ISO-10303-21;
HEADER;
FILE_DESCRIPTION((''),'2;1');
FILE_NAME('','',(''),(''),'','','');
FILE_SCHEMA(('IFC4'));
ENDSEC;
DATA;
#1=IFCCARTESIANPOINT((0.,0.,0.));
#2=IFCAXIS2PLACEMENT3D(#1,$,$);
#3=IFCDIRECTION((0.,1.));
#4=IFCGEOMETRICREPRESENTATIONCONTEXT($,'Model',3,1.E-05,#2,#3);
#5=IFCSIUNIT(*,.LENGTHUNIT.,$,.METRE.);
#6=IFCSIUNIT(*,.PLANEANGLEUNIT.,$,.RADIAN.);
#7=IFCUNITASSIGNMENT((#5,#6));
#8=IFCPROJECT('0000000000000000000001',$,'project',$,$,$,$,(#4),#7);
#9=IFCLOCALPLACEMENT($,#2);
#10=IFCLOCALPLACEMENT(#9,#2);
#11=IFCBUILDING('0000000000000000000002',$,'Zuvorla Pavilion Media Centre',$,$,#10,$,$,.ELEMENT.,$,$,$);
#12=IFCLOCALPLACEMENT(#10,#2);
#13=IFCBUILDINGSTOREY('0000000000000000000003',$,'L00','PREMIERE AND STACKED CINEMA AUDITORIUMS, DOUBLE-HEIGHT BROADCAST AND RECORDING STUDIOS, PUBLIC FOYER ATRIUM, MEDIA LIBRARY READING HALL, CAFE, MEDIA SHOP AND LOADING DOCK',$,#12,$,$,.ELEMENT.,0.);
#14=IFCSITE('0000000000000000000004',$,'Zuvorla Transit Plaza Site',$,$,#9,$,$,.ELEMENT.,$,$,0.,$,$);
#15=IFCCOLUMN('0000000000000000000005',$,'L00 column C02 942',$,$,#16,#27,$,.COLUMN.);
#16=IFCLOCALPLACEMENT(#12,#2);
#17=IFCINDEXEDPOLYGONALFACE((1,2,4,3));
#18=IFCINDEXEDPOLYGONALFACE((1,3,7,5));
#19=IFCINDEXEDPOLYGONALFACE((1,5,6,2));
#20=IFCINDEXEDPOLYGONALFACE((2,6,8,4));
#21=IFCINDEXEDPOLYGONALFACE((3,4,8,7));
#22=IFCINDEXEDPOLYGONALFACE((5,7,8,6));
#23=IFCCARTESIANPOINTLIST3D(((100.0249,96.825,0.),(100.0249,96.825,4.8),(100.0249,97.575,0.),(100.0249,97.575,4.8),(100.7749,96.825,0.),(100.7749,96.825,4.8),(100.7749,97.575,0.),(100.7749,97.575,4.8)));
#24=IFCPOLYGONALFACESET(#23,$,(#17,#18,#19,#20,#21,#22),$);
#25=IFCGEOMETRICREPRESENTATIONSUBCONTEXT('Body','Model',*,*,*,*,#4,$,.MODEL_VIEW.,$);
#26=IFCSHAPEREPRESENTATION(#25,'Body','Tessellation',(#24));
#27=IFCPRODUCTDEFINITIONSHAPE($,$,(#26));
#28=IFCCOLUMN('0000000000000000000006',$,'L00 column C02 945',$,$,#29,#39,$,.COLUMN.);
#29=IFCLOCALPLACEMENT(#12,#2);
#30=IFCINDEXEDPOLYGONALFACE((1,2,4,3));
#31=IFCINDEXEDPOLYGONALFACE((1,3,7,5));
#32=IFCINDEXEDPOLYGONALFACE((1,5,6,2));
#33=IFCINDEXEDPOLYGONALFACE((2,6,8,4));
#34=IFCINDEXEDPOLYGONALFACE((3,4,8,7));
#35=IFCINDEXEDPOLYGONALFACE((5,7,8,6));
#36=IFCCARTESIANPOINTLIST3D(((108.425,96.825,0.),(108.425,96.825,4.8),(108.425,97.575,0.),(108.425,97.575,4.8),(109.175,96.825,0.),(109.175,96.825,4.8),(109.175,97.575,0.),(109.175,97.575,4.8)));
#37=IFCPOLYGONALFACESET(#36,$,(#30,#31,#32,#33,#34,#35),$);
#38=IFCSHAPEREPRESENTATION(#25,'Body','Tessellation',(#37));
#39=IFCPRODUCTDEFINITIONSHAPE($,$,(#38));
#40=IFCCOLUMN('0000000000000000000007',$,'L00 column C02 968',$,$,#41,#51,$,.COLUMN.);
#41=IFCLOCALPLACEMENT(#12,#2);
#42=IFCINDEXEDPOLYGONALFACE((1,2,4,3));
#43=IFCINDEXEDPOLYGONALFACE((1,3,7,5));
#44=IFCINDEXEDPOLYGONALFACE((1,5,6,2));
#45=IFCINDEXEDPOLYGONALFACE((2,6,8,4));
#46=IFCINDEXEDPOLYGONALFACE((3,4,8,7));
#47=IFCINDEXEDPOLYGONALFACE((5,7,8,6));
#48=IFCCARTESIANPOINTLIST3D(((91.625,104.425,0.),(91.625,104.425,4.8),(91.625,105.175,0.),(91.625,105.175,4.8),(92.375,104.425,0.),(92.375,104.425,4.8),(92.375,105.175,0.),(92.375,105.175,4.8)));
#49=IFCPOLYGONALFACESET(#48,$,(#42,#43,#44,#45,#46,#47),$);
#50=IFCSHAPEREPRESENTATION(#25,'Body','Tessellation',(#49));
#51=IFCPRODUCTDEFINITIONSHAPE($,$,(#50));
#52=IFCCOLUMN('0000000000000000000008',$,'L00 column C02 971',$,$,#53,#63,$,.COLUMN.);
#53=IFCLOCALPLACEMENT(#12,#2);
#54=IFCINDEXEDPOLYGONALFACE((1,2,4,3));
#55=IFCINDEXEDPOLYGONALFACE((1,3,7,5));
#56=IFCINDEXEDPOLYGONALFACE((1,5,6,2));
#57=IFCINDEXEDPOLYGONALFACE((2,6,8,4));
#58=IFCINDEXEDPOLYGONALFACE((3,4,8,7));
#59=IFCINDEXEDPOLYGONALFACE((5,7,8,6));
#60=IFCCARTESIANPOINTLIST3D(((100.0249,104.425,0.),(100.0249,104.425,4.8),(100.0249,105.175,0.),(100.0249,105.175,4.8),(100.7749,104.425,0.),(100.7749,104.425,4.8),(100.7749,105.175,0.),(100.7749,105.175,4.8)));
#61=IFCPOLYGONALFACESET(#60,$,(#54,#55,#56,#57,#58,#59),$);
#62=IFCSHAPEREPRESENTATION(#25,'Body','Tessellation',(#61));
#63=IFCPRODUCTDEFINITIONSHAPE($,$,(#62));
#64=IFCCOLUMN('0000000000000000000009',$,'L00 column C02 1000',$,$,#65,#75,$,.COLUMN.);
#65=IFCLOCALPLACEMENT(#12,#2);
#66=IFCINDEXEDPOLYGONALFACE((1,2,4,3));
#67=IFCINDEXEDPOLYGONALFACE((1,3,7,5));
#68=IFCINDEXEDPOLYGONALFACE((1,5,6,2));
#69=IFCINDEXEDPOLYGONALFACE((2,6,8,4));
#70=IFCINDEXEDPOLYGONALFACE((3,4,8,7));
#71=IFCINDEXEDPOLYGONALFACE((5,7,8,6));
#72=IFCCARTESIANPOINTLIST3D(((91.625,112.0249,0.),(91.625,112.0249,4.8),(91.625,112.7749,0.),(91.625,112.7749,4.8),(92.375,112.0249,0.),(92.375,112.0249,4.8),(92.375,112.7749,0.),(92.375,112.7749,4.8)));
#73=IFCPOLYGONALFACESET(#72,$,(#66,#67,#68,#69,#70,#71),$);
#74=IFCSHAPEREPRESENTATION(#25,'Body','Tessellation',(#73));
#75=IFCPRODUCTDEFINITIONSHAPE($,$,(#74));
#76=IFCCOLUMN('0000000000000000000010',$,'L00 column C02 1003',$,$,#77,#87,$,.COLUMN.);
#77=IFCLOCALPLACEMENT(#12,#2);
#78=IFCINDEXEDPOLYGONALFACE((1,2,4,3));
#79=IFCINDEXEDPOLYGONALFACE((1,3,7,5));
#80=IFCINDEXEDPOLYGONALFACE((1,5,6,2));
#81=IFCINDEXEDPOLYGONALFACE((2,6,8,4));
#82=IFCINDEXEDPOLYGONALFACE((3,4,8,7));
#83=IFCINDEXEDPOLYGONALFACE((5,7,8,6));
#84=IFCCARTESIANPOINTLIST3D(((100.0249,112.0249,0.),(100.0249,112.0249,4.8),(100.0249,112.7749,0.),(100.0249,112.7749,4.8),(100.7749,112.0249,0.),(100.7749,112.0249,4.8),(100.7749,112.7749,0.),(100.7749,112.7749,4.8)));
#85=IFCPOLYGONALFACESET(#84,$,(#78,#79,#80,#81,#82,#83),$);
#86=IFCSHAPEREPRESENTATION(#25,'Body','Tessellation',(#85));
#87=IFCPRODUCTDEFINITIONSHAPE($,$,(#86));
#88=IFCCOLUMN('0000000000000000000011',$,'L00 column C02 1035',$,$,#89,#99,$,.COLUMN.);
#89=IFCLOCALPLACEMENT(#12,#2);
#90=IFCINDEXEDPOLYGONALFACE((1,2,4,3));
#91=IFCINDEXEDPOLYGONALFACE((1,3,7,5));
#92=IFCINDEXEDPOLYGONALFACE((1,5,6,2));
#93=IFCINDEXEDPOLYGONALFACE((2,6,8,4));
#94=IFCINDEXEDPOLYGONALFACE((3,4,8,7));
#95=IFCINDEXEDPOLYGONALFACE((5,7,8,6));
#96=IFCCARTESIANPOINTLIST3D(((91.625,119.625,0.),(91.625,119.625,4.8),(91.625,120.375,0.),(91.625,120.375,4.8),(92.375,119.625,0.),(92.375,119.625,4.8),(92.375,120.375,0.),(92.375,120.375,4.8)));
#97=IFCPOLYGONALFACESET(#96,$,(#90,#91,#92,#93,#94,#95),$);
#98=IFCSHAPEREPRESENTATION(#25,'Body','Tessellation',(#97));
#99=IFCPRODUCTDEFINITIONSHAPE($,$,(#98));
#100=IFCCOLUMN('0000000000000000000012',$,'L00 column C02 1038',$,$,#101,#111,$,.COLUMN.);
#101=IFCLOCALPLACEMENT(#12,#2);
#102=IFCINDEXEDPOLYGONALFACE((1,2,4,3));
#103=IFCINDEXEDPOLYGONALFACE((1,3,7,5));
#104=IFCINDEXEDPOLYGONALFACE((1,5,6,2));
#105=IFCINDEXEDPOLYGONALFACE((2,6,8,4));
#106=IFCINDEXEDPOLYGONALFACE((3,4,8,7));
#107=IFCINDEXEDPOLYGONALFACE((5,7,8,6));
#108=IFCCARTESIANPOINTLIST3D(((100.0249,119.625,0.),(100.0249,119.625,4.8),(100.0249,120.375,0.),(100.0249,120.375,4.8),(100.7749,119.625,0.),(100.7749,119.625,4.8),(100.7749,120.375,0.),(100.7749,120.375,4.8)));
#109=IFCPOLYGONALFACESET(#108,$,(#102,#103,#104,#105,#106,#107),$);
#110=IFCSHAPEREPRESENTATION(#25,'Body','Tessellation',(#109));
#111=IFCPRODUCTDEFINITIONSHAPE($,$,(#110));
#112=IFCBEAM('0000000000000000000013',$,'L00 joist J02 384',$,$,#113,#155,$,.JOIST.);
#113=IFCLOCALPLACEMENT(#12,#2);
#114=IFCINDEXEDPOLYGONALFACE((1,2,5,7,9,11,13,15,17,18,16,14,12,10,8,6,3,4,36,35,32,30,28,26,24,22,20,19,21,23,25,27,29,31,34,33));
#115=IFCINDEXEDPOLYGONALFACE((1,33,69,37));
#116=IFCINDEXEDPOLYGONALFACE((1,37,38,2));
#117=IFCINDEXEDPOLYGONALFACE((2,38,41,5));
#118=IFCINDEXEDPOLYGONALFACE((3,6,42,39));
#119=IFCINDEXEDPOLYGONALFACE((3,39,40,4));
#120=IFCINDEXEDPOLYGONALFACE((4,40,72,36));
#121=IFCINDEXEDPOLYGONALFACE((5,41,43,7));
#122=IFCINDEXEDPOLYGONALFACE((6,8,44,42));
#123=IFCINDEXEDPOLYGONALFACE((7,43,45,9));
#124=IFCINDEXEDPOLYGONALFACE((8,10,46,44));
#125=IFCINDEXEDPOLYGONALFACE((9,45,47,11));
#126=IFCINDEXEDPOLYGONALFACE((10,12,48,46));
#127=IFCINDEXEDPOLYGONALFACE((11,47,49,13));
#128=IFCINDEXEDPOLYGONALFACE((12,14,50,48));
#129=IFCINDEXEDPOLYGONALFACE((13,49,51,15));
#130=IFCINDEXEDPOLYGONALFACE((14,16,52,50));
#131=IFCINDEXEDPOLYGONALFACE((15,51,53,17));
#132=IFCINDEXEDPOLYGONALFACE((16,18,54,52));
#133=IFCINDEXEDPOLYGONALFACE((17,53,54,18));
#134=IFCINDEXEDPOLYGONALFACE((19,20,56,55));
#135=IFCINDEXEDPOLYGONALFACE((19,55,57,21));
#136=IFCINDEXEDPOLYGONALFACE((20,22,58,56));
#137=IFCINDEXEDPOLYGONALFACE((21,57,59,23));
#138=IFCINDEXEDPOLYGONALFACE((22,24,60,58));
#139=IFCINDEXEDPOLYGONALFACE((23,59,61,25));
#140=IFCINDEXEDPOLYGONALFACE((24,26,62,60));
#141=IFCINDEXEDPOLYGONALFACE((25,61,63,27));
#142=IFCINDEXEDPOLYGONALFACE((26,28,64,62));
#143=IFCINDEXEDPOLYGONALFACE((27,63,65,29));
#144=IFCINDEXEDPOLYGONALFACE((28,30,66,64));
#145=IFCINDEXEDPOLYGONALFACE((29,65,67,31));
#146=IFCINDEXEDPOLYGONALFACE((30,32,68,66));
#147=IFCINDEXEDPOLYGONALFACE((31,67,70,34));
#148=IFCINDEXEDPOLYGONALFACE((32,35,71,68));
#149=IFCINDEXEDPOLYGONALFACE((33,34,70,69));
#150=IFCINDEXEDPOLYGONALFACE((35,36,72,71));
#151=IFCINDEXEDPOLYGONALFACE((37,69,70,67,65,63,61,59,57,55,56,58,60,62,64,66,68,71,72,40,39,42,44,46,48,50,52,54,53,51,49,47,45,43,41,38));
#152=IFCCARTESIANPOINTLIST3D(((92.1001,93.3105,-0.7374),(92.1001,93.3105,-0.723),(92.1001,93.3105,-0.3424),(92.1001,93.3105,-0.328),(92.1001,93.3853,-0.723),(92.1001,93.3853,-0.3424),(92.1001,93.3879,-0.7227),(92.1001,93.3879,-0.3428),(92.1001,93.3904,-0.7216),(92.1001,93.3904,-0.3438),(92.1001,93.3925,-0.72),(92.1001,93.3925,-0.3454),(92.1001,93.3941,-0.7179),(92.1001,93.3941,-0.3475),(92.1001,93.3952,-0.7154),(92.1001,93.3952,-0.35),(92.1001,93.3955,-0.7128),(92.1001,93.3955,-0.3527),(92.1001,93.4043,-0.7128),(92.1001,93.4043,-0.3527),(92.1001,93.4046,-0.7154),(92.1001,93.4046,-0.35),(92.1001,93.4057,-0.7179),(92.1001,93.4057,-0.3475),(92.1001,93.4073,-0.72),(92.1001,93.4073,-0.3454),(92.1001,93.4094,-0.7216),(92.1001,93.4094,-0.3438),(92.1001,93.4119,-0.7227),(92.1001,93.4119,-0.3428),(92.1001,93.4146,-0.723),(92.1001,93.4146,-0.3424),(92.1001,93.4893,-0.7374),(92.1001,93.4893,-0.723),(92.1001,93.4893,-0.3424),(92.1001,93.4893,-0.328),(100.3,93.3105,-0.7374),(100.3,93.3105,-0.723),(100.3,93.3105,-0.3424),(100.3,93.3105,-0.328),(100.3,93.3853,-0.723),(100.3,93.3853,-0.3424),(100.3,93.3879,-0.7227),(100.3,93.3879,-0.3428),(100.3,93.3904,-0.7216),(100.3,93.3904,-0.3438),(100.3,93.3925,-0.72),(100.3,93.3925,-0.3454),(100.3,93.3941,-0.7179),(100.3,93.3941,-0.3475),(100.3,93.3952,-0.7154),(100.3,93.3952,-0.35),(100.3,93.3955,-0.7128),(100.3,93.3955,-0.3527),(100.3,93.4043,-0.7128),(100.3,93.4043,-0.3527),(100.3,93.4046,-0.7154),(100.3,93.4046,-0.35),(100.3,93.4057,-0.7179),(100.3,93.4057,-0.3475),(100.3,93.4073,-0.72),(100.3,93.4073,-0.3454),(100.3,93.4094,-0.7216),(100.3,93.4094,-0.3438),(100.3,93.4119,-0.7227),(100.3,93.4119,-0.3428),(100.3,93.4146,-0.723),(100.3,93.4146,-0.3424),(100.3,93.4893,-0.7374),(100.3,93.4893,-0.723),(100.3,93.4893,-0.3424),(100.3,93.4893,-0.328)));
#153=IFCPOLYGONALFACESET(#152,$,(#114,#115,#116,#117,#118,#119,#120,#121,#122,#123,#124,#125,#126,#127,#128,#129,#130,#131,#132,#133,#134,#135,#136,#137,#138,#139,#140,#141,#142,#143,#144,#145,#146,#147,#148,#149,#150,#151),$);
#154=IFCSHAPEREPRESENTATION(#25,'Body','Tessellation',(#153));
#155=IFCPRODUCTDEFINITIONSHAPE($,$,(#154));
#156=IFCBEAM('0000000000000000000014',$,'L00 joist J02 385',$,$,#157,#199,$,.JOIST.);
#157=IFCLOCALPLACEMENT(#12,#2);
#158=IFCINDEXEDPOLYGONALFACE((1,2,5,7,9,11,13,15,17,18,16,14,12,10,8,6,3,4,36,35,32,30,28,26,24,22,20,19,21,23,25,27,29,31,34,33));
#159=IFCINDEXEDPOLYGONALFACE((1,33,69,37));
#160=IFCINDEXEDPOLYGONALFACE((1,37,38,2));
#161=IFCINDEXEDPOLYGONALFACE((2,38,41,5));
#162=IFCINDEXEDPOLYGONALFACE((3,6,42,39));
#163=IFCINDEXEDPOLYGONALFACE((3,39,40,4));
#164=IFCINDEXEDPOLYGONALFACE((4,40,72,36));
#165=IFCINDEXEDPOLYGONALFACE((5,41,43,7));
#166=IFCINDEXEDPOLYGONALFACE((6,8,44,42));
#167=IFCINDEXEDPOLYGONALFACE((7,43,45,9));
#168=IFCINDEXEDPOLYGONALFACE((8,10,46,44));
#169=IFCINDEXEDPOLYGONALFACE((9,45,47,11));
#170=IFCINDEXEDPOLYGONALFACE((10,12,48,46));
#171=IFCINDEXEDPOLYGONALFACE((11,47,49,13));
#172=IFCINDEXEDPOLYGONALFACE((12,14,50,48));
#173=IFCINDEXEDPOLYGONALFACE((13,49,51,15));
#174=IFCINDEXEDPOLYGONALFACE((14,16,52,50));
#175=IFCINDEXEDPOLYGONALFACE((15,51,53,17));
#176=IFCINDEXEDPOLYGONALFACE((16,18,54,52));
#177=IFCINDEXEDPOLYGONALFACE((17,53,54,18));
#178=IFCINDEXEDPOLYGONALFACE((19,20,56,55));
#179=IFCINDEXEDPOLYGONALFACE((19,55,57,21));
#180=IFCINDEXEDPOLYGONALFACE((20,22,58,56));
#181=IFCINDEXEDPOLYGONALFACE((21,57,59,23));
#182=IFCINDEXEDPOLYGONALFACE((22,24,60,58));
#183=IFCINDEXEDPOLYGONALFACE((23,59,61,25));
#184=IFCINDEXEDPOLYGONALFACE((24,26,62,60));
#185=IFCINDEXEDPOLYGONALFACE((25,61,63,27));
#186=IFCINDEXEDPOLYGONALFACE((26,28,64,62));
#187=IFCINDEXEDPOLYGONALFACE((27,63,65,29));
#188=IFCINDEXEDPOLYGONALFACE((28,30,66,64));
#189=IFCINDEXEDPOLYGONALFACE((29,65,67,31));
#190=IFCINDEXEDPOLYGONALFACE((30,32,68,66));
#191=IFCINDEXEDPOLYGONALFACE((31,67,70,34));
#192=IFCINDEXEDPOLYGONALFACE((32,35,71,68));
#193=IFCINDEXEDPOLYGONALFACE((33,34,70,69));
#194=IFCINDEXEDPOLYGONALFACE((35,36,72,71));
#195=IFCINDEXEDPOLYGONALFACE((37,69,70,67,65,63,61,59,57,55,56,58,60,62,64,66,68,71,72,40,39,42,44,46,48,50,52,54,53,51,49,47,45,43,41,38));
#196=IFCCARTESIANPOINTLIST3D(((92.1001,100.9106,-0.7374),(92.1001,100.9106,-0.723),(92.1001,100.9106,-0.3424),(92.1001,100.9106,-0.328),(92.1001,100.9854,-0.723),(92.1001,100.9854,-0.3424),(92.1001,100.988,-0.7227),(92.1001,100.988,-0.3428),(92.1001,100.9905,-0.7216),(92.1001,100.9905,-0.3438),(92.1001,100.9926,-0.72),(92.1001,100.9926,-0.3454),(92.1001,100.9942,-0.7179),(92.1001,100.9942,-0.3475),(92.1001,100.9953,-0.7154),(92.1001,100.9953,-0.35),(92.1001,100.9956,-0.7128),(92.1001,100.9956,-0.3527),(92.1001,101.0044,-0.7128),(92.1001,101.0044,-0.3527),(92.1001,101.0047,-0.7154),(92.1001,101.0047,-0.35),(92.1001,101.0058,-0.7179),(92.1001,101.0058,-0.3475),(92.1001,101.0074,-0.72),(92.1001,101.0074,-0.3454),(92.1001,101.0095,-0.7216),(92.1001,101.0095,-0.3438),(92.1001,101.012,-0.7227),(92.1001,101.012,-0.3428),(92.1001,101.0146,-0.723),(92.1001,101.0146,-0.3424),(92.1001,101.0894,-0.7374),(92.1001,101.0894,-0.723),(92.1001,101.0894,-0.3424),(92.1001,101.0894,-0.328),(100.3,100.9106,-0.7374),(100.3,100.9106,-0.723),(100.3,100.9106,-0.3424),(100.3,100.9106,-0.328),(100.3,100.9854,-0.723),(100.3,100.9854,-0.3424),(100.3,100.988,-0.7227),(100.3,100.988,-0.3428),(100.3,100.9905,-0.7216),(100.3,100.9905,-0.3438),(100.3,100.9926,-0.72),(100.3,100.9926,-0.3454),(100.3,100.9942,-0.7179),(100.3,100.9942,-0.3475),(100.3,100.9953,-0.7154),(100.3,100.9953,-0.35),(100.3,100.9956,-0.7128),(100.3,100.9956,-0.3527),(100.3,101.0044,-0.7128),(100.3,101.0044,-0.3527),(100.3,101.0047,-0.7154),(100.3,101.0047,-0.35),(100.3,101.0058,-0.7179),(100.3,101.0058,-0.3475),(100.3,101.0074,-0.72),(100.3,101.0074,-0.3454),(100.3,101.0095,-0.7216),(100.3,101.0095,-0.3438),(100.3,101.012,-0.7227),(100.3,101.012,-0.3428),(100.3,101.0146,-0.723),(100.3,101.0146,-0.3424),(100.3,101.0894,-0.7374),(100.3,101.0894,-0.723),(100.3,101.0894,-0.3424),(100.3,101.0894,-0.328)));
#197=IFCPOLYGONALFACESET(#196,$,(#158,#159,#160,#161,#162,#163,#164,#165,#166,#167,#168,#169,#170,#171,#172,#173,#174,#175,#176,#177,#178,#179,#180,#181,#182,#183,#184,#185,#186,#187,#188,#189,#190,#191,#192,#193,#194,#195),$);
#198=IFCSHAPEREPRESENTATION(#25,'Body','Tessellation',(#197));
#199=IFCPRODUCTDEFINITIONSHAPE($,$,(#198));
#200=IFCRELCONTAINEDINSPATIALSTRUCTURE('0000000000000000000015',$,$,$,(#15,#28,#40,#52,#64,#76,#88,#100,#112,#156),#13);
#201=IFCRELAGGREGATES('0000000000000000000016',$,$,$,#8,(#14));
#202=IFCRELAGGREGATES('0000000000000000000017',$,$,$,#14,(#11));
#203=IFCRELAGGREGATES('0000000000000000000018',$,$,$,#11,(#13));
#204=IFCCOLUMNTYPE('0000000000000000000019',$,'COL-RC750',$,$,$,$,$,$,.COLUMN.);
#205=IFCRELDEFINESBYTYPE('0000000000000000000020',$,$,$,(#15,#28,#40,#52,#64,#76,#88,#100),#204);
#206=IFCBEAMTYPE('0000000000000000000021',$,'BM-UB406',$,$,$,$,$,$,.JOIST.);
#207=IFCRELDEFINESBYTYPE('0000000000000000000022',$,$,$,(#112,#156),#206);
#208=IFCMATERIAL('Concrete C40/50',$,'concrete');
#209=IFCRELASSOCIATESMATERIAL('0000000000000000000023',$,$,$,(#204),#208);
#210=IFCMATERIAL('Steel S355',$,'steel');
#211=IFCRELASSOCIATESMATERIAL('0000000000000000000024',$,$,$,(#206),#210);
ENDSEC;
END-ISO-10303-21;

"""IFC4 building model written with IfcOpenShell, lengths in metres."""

from ifc_helpers import new_model, si_unit, direction, frame, origin, origin_2d, place, context, subcontext, project, spatial, rectangle, i_section, extrude, material, material_profile, profile_set, type_object, element, save


model = new_model("IFC4")

# Units and contexts
model_context = context("Model", 3, precision=1e-05, world=origin(), true_north=direction((0.0, 1.0)))
body_context = subcontext(model_context, "Body", "Model", "MODEL_VIEW")
ifc_project = project(units=[si_unit("LENGTHUNIT", "METRE"), si_unit("PLANEANGLEUNIT", "RADIAN")], contexts=[model_context])

# Site, building, storey
site_placement = place(None, origin())
site = spatial("IfcSite", under=ifc_project, at=site_placement, Name="Zuvorla Transit Plaza Site", CompositionType="ELEMENT", RefElevation=0.0)
building_placement = place(site_placement, origin())
building = spatial("IfcBuilding", under=site, at=building_placement, Name="Zuvorla Pavilion Media Centre", CompositionType="ELEMENT")
storey_placement = place(building_placement, origin())
storey = spatial("IfcBuildingStorey", under=building, at=storey_placement, Name="L00", Description="PREMIERE AND STACKED CINEMA AUDITORIUMS, DOUBLE-HEIGHT BROADCAST AND RECORDING STUDIOS, PUBLIC FOYER ATRIUM, MEDIA LIBRARY READING HALL, CAFE, MEDIA SHOP AND LOADING DOCK", CompositionType="ELEMENT", Elevation=0.0)

# Columns
ifc_material_1 = material(Name="Concrete C40/50", Category="concrete")
ifc_material_profile_1 = material_profile(ifc_material_1, rectangle(XDim=0.75, YDim=0.75, at=origin_2d()), Name="RC 750x750")
ifc_profile_set_1 = profile_set([ifc_material_profile_1], Name="Concrete C40/50")
column_type = type_object("IfcColumnType", Name="COL-RC750", PredefinedType="COLUMN", material=ifc_profile_set_1)
for number, where, z_axis, x_axis, name in (
    (1, (100.3999, 97.2, 0.0), (0.0, 0.0, 1.0), (1.0, 0.0, 0.0), "L00 column C02 942"),
    (2, (108.8, 97.2, 0.0), (0.0, 0.0, 1.0), (1.0, 0.0, 0.0), "L00 column C02 945"),
    (3, (92.0, 104.8, 0.0), (0.0, 0.0, 1.0), (1.0, 0.0, 0.0), "L00 column C02 968"),
    (4, (100.3999, 104.8, 0.0), (0.0, 0.0, 1.0), (1.0, 0.0, 0.0), "L00 column C02 971"),
    (5, (92.0, 112.3999, 0.0), (0.0, 0.0, 1.0), (1.0, 0.0, 0.0), "L00 column C02 1000"),
    (6, (100.3999, 112.3999, 0.0), (0.0, 0.0, 1.0), (1.0, 0.0, 0.0), "L00 column C02 1003"),
    (7, (92.0, 120.0, 0.0), (0.0, 0.0, 1.0), (1.0, 0.0, 0.0), "L00 column C02 1035"),
    (8, (100.3999, 120.0, 0.0), (0.0, 0.0, 1.0), (1.0, 0.0, 0.0), "L00 column C02 1038"),
):
    element("IfcColumn", number, at=place(storey_placement, frame(where, z_axis=z_axis, x_axis=x_axis)), inside=storey, type_object=column_type, Name=name, PredefinedType="COLUMN", context=body_context, shape_type="SweptSolid", body=[
        extrude(rectangle(XDim=0.75, YDim=0.75, at=origin_2d()), origin(), (0.0, 0.0, 1.0), 4.8),
    ])

# Beams
ifc_material_2 = material(Name="Steel S355", Category="steel")
ifc_material_profile_2 = material_profile(ifc_material_2, i_section(OverallWidth=0.1787, OverallDepth=0.4094, WebThickness=0.0088, FlangeThickness=0.0144, FilletRadius=0.0103, at=origin_2d()), Name="UB 406x178x67")
ifc_profile_set_2 = profile_set([ifc_material_profile_2], Name="Steel S355")
beam_type_1 = type_object("IfcBeamType", Name="BM-UB406", PredefinedType="JOIST", material=ifc_profile_set_2)
for number, where, z_axis, x_axis, name in (
    (9, (92.1001, 93.3999, -0.5327), (1.0, 0.0, 0.0), (0.0, 1.0, 0.0), "L00 joist J02 384"),
    (10, (92.1001, 101.0, -0.5327), (1.0, 0.0, 0.0), (0.0, 1.0, 0.0), "L00 joist J02 385"),
):
    element("IfcBeam", number, at=place(storey_placement, frame(where, z_axis=z_axis, x_axis=x_axis)), inside=storey, type_object=beam_type_1, Name=name, PredefinedType="JOIST", context=body_context, shape_type="SweptSolid", body=[
        extrude(i_section(OverallWidth=0.1787, OverallDepth=0.4094, WebThickness=0.0088, FlangeThickness=0.0144, FilletRadius=0.0103, at=origin_2d()), origin(), (0.0, 0.0, 1.0), 8.2),
    ])

save(model, "model.ifc")
